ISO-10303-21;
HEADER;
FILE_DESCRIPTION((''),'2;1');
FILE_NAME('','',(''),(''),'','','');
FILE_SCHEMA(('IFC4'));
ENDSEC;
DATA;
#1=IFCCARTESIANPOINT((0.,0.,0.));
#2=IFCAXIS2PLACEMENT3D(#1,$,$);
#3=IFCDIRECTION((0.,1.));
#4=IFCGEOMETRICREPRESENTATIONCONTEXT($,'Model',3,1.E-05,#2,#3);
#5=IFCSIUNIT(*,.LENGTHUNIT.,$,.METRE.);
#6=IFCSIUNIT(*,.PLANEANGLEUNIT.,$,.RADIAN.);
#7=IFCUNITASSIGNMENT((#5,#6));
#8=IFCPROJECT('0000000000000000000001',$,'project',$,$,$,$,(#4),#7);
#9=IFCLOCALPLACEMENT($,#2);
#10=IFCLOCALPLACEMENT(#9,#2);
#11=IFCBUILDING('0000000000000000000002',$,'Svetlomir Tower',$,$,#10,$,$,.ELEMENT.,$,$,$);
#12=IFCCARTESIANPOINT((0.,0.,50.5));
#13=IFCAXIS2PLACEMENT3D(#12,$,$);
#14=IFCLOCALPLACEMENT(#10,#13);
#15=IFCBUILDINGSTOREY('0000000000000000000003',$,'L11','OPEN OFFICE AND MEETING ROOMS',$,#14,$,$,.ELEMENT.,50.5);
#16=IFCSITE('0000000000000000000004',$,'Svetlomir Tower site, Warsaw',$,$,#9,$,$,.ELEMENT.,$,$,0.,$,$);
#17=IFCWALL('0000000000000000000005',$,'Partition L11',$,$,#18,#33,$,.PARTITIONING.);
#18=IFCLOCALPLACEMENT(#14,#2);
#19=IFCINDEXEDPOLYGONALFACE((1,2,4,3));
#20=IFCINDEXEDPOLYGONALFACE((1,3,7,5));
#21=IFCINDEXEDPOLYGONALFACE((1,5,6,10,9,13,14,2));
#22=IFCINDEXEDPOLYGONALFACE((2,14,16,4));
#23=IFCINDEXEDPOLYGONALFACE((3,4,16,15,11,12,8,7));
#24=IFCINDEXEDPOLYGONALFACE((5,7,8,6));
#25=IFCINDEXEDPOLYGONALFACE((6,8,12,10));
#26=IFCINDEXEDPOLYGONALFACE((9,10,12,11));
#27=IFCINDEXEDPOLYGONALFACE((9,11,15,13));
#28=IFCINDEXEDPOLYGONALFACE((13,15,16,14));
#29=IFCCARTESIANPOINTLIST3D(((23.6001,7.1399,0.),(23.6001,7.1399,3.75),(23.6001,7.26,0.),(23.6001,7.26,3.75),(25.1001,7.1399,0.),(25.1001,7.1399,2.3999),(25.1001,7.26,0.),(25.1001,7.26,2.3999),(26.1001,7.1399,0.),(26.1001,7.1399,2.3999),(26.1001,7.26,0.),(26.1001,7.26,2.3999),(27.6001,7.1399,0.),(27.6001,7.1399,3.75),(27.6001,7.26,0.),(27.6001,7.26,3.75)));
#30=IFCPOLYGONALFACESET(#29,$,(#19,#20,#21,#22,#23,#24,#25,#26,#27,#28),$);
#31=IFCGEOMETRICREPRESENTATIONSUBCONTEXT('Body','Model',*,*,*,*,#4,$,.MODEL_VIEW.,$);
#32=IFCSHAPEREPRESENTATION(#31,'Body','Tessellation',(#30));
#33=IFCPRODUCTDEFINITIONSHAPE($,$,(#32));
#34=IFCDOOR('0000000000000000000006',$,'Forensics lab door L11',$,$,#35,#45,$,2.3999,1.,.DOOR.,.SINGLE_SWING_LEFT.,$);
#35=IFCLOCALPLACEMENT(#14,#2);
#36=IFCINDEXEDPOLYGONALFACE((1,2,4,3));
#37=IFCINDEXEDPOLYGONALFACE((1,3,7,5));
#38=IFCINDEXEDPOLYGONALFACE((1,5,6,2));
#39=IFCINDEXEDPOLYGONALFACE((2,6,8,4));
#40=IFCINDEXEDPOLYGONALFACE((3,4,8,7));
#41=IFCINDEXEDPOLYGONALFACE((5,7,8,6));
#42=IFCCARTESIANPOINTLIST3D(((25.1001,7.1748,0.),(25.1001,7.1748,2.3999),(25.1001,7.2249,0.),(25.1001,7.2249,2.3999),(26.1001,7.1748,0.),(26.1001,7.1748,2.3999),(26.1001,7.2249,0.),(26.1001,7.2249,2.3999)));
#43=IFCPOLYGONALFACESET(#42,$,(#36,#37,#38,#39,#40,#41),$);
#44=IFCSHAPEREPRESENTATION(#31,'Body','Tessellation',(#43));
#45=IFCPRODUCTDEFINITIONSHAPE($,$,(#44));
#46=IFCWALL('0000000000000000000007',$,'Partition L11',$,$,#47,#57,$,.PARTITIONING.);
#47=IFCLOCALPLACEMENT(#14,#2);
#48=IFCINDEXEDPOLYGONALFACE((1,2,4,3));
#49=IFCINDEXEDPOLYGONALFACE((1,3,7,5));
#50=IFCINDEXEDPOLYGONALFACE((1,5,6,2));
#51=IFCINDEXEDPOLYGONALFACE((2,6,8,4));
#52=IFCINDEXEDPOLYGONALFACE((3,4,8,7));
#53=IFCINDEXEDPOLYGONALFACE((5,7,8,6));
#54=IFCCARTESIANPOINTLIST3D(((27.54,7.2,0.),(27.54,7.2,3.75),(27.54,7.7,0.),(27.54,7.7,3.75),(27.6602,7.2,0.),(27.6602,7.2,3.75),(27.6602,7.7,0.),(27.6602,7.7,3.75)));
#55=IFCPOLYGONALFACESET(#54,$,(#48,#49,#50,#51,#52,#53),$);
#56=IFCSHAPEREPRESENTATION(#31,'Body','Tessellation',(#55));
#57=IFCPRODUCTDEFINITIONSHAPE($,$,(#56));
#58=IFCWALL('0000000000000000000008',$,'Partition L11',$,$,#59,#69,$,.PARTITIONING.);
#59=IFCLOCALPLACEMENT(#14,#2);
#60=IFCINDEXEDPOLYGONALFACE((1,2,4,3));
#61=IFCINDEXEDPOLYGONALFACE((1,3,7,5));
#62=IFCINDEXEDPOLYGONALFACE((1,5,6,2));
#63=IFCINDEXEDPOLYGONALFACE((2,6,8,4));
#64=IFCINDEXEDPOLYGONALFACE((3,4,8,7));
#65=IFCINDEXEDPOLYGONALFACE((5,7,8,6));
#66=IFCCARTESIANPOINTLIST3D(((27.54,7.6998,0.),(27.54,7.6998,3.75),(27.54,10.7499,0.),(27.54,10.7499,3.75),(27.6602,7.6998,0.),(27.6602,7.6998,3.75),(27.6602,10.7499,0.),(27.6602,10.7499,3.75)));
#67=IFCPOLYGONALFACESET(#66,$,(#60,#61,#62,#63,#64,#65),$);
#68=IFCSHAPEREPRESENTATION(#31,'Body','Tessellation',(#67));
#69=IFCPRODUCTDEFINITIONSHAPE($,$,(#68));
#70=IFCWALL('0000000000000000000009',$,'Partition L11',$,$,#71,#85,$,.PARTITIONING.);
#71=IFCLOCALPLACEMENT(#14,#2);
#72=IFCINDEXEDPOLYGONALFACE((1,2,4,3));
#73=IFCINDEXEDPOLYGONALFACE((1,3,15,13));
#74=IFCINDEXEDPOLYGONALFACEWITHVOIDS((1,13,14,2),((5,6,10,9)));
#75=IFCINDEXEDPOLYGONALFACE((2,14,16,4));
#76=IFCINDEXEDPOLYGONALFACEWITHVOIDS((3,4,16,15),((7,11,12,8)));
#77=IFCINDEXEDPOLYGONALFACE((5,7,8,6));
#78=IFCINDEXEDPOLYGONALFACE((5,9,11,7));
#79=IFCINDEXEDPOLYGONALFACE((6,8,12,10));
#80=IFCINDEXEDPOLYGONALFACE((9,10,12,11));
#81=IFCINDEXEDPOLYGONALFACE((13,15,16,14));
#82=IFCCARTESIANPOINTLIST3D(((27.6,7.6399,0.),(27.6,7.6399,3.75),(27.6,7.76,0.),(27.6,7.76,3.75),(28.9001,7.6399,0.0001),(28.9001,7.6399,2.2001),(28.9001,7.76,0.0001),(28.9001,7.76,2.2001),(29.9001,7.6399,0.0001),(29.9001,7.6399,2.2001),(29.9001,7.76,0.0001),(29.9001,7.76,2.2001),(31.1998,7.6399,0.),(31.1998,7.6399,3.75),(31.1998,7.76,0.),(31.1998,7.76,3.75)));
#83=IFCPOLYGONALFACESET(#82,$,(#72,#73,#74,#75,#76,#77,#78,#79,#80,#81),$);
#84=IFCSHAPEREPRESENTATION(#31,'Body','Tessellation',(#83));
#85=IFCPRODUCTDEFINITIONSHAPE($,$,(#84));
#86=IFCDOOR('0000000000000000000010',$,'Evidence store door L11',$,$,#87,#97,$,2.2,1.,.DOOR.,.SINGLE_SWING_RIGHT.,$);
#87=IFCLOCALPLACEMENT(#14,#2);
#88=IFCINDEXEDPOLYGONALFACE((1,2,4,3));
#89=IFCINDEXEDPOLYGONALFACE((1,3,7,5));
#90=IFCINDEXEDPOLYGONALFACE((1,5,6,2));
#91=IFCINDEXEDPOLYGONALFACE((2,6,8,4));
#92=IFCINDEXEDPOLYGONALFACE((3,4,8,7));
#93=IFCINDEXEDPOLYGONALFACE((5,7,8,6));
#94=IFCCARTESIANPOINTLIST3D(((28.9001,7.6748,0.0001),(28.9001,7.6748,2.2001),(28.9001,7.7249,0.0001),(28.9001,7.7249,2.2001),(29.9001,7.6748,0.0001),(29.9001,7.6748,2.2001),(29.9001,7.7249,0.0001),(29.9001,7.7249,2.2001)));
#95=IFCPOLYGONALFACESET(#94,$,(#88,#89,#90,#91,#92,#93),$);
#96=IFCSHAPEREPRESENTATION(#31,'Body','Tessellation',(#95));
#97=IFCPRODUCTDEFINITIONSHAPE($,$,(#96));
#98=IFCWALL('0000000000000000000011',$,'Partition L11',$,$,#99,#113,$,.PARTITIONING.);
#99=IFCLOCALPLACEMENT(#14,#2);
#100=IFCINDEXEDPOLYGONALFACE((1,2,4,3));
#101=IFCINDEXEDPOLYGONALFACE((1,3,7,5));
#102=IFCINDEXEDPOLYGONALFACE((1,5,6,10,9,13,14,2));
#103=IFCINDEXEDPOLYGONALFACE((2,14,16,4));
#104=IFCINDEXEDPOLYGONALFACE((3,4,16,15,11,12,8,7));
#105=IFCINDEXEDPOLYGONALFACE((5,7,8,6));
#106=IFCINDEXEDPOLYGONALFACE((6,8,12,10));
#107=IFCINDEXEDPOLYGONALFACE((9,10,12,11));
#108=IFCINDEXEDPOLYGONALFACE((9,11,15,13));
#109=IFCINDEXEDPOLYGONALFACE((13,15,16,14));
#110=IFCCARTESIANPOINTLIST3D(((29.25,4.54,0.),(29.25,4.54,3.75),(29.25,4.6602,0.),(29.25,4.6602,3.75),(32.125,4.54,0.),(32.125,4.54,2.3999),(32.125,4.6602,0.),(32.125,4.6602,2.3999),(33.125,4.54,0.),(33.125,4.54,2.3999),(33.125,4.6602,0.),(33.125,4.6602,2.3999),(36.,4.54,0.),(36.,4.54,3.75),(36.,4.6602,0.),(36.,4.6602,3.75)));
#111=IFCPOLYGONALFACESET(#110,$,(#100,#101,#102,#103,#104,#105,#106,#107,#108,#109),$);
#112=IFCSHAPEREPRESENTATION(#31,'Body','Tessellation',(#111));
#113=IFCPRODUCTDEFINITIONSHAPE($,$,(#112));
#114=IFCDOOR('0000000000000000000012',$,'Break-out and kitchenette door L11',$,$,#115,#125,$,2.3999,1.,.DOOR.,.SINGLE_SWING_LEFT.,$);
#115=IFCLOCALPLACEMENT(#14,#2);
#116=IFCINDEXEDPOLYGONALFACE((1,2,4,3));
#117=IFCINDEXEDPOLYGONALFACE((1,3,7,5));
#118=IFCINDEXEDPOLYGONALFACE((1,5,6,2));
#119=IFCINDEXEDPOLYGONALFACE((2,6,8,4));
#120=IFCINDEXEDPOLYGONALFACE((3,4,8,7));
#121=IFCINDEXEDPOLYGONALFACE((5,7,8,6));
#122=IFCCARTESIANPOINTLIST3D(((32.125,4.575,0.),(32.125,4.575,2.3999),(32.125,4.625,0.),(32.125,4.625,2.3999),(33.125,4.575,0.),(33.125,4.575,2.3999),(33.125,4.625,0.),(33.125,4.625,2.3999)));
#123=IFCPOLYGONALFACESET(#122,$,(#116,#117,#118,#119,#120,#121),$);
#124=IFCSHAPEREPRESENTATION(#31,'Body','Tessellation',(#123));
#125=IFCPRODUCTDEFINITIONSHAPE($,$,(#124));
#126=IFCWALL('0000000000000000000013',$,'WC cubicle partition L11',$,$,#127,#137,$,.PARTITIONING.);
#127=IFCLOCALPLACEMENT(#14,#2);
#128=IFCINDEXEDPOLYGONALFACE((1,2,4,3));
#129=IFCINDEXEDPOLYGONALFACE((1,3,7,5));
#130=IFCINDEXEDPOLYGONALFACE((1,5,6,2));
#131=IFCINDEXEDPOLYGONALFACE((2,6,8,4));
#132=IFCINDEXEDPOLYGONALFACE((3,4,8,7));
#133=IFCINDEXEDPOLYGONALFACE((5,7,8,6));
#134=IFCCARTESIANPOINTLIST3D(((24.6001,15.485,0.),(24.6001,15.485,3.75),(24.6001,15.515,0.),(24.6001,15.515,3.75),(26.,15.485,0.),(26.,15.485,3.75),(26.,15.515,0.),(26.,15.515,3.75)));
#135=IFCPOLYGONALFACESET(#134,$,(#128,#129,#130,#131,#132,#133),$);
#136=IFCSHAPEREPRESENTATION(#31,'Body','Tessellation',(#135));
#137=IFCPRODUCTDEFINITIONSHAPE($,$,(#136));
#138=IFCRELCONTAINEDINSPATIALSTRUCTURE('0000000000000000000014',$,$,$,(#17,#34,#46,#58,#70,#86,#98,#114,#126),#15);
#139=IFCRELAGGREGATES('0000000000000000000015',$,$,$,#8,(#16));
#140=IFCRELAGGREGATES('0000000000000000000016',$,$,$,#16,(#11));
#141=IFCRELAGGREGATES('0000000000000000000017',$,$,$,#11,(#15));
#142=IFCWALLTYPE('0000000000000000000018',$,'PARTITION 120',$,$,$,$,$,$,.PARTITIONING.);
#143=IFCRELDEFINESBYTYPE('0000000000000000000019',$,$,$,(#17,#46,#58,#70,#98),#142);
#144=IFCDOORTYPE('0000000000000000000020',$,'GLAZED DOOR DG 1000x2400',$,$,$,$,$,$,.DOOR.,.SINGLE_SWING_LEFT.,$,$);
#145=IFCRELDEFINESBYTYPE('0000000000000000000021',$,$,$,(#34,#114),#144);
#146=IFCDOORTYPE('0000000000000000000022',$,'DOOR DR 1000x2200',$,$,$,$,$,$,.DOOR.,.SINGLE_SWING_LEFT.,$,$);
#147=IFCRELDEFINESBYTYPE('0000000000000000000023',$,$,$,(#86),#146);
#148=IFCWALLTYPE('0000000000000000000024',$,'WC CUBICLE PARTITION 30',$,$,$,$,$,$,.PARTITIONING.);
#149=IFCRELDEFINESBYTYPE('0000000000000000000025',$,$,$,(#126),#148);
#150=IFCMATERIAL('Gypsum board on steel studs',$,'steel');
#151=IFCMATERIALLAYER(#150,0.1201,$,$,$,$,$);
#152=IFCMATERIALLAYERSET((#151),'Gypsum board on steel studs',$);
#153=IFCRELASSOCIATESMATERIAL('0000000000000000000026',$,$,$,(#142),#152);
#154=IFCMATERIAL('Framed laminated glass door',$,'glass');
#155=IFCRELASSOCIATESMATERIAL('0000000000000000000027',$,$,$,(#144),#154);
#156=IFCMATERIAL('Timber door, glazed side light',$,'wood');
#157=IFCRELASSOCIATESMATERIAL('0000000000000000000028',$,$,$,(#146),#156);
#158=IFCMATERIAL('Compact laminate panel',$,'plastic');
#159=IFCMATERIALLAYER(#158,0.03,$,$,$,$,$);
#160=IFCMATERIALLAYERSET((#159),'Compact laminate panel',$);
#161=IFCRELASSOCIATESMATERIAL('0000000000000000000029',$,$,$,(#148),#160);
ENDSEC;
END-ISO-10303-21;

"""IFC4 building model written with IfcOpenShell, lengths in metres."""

from ifc_helpers import new_model, si_unit, direction, frame, frame_2d, origin, place, context, subcontext, project, spatial, rectangle, extrude, material, layer, layer_set, type_object, element, fill, save


model = new_model("IFC4")

# Units and contexts
model_context = context("Model", 3, precision=1e-05, world=origin(), true_north=direction((0.0, 1.0)))
body_context = subcontext(model_context, "Body", "Model", "MODEL_VIEW")
ifc_project = project(units=[si_unit("LENGTHUNIT", "METRE"), si_unit("PLANEANGLEUNIT", "RADIAN")], contexts=[model_context])

# Site, building, storey
site_placement = place(None, origin())
site = spatial("IfcSite", under=ifc_project, at=site_placement, Name="Svetlomir Tower site, Warsaw", CompositionType="ELEMENT", RefElevation=0.0)
building_placement = place(site_placement, origin())
building = spatial("IfcBuilding", under=site, at=building_placement, Name="Svetlomir Tower", CompositionType="ELEMENT")
storey_placement = place(building_placement, frame((0.0, 0.0, 50.5)))
storey = spatial("IfcBuildingStorey", under=building, at=storey_placement, Name="L11", Description="OPEN OFFICE AND MEETING ROOMS", CompositionType="ELEMENT", Elevation=50.5)

# Shared definitions
ifc_material_1 = material(Name="Gypsum board on steel studs", Category="steel")
ifc_layer_1 = layer(ifc_material_1, 0.1201)
ifc_layer_set_1 = layer_set([ifc_layer_1], Name="Gypsum board on steel studs")
wall_type_1 = type_object("IfcWallType", Name="PARTITION 120", PredefinedType="PARTITIONING", material=ifc_layer_set_1)

# Wall, opening, door
wall_1_placement = place(storey_placement, frame((23.6001, 7.2, 0.0), z_axis=(0.0, 0.0, 1.0), x_axis=(1.0, 0.0, 0.0)))
wall_1 = element("IfcWall", 1, at=wall_1_placement, inside=storey, type_object=wall_type_1, Name="Partition L11", PredefinedType="PARTITIONING", context=body_context, shape_type="SweptSolid", body=[
    extrude(rectangle(XDim=4.0, YDim=0.1201, at=frame_2d((2.0, 0.0))), origin(), (0.0, 0.0, 1.0), 3.75),
])
opening_1_placement = place(wall_1_placement, frame((1.5, 0.0, 0.0)))
opening_1 = element("IfcOpeningElement", 2, at=opening_1_placement, cuts=wall_1, PredefinedType="OPENING", context=body_context, shape_type="SweptSolid", body=[
    extrude(rectangle(XDim=1.0, YDim=2.3999, at=frame_2d((0.5, 1.2))), frame((0.0, 0.0701, 0.0), z_axis=(0.0, -1.0, 0.0), x_axis=(1.0, 0.0, 0.0)), (0.0, 0.0, 1.0), 0.1401),
])
ifc_material_2 = material(Name="Framed laminated glass door", Category="glass")
door_type_1 = type_object("IfcDoorType", Name="GLAZED DOOR DG 1000x2400", OperationType="SINGLE_SWING_LEFT", PredefinedType="DOOR", material=ifc_material_2)
door_1_placement = place(opening_1_placement, origin())
door_1 = element("IfcDoor", 3, at=door_1_placement, inside=storey, type_object=door_type_1, Name="Forensics lab door L11", OperationType="SINGLE_SWING_LEFT", OverallHeight=2.3999, OverallWidth=1.0, PredefinedType="DOOR", context=body_context, shape_type="SweptSolid", body=[
    extrude(rectangle(XDim=1.0, YDim=2.3999, at=frame_2d((0.5, 1.2))), frame((0.0, 0.0249, 0.0), z_axis=(0.0, -1.0, 0.0), x_axis=(1.0, 0.0, 0.0)), (0.0, 0.0, 1.0), 0.05),
])
fill(opening_1, door_1)

# Walls
wall_2_placement = place(storey_placement, frame((27.6001, 7.2, 0.0), z_axis=(0.0, 0.0, 1.0), x_axis=(0.0, 1.0, 0.0)))
element("IfcWall", 4, at=wall_2_placement, inside=storey, type_object=wall_type_1, Name="Partition L11", PredefinedType="PARTITIONING", context=body_context, shape_type="SweptSolid", body=[
    extrude(rectangle(XDim=0.5, YDim=0.1201, at=frame_2d((0.25, 0.0))), origin(), (0.0, 0.0, 1.0), 3.75),
])
wall_3_placement = place(storey_placement, frame((27.6001, 7.7, 0.0), z_axis=(0.0, 0.0, 1.0), x_axis=(0.0, 1.0, 0.0)))
element("IfcWall", 5, at=wall_3_placement, inside=storey, type_object=wall_type_1, Name="Partition L11", PredefinedType="PARTITIONING", context=body_context, shape_type="SweptSolid", body=[
    extrude(rectangle(XDim=3.05, YDim=0.1201, at=frame_2d((1.5249, 0.0))), origin(), (0.0, 0.0, 1.0), 3.75),
])

# Walls, openings, doors
wall_4_placement = place(storey_placement, frame((27.6001, 7.7, 0.0), z_axis=(0.0, 0.0, 1.0), x_axis=(1.0, 0.0, 0.0)))
wall_4 = element("IfcWall", 6, at=wall_4_placement, inside=storey, type_object=wall_type_1, Name="Partition L11", PredefinedType="PARTITIONING", context=body_context, shape_type="SweptSolid", body=[
    extrude(rectangle(XDim=3.5999, YDim=0.1201, at=frame_2d((1.7998, 0.0))), origin(), (0.0, 0.0, 1.0), 3.75),
])
opening_2_placement = place(wall_4_placement, frame((1.3, 0.0, 0.0)))
opening_2 = element("IfcOpeningElement", 7, at=opening_2_placement, cuts=wall_4, PredefinedType="OPENING", context=body_context, shape_type="SweptSolid", body=[
    extrude(rectangle(XDim=1.0, YDim=2.2, at=frame_2d((0.5, 1.1001))), frame((0.0, 0.0701, 0.0), z_axis=(0.0, -1.0, 0.0), x_axis=(1.0, 0.0, 0.0)), (0.0, 0.0, 1.0), 0.1401),
])
ifc_material_3 = material(Name="Timber door, glazed side light", Category="wood")
door_type_2 = type_object("IfcDoorType", Name="DOOR DR 1000x2200", OperationType="SINGLE_SWING_LEFT", PredefinedType="DOOR", material=ifc_material_3)
door_2_placement = place(opening_2_placement, origin())
door_2 = element("IfcDoor", 8, at=door_2_placement, inside=storey, type_object=door_type_2, Name="Evidence store door L11", OperationType="SINGLE_SWING_RIGHT", OverallHeight=2.2, OverallWidth=1.0, PredefinedType="DOOR", context=body_context, shape_type="SweptSolid", body=[
    extrude(rectangle(XDim=1.0, YDim=2.2, at=frame_2d((0.5, 1.1001))), frame((0.0, 0.0249, 0.0), z_axis=(0.0, -1.0, 0.0), x_axis=(1.0, 0.0, 0.0)), (0.0, 0.0, 1.0), 0.05),
])
fill(opening_2, door_2)
wall_5_placement = place(storey_placement, frame((29.25, 4.6001, 0.0), z_axis=(0.0, 0.0, 1.0), x_axis=(1.0, 0.0, 0.0)))
wall_5 = element("IfcWall", 9, at=wall_5_placement, inside=storey, type_object=wall_type_1, Name="Partition L11", PredefinedType="PARTITIONING", context=body_context, shape_type="SweptSolid", body=[
    extrude(rectangle(XDim=6.75, YDim=0.1201, at=frame_2d((3.375, 0.0))), origin(), (0.0, 0.0, 1.0), 3.75),
])
opening_3_placement = place(wall_5_placement, frame((2.875, 0.0, 0.0)))
opening_3 = element("IfcOpeningElement", 10, at=opening_3_placement, cuts=wall_5, PredefinedType="OPENING", context=body_context, shape_type="SweptSolid", body=[
    extrude(rectangle(XDim=1.0, YDim=2.3999, at=frame_2d((0.5, 1.2))), frame((0.0, 0.0701, 0.0), z_axis=(0.0, -1.0, 0.0), x_axis=(1.0, 0.0, 0.0)), (0.0, 0.0, 1.0), 0.1401),
])
door_3_placement = place(opening_3_placement, origin())
door_3 = element("IfcDoor", 11, at=door_3_placement, inside=storey, type_object=door_type_1, Name="Break-out and kitchenette door L11", OperationType="SINGLE_SWING_LEFT", OverallHeight=2.3999, OverallWidth=1.0, PredefinedType="DOOR", context=body_context, shape_type="SweptSolid", body=[
    extrude(rectangle(XDim=1.0, YDim=2.3999, at=frame_2d((0.5, 1.2))), frame((0.0, 0.0249, 0.0), z_axis=(0.0, -1.0, 0.0), x_axis=(1.0, 0.0, 0.0)), (0.0, 0.0, 1.0), 0.05),
])
fill(opening_3, door_3)

# Wall
ifc_material_4 = material(Name="Compact laminate panel", Category="plastic")
ifc_layer_2 = layer(ifc_material_4, 0.03)
ifc_layer_set_2 = layer_set([ifc_layer_2], Name="Compact laminate panel")
wall_type_2 = type_object("IfcWallType", Name="WC CUBICLE PARTITION 30", PredefinedType="PARTITIONING", material=ifc_layer_set_2)
wall_6_placement = place(storey_placement, frame((24.6001, 15.5, 0.0), z_axis=(0.0, 0.0, 1.0), x_axis=(1.0, 0.0, 0.0)))
element("IfcWall", 12, at=wall_6_placement, inside=storey, type_object=wall_type_2, Name="WC cubicle partition L11", PredefinedType="PARTITIONING", context=body_context, shape_type="SweptSolid", body=[
    extrude(rectangle(XDim=1.3999, YDim=0.03, at=frame_2d((0.7, 0.0))), origin(), (0.0, 0.0, 1.0), 3.75),
])

save(model, "model.ifc")
